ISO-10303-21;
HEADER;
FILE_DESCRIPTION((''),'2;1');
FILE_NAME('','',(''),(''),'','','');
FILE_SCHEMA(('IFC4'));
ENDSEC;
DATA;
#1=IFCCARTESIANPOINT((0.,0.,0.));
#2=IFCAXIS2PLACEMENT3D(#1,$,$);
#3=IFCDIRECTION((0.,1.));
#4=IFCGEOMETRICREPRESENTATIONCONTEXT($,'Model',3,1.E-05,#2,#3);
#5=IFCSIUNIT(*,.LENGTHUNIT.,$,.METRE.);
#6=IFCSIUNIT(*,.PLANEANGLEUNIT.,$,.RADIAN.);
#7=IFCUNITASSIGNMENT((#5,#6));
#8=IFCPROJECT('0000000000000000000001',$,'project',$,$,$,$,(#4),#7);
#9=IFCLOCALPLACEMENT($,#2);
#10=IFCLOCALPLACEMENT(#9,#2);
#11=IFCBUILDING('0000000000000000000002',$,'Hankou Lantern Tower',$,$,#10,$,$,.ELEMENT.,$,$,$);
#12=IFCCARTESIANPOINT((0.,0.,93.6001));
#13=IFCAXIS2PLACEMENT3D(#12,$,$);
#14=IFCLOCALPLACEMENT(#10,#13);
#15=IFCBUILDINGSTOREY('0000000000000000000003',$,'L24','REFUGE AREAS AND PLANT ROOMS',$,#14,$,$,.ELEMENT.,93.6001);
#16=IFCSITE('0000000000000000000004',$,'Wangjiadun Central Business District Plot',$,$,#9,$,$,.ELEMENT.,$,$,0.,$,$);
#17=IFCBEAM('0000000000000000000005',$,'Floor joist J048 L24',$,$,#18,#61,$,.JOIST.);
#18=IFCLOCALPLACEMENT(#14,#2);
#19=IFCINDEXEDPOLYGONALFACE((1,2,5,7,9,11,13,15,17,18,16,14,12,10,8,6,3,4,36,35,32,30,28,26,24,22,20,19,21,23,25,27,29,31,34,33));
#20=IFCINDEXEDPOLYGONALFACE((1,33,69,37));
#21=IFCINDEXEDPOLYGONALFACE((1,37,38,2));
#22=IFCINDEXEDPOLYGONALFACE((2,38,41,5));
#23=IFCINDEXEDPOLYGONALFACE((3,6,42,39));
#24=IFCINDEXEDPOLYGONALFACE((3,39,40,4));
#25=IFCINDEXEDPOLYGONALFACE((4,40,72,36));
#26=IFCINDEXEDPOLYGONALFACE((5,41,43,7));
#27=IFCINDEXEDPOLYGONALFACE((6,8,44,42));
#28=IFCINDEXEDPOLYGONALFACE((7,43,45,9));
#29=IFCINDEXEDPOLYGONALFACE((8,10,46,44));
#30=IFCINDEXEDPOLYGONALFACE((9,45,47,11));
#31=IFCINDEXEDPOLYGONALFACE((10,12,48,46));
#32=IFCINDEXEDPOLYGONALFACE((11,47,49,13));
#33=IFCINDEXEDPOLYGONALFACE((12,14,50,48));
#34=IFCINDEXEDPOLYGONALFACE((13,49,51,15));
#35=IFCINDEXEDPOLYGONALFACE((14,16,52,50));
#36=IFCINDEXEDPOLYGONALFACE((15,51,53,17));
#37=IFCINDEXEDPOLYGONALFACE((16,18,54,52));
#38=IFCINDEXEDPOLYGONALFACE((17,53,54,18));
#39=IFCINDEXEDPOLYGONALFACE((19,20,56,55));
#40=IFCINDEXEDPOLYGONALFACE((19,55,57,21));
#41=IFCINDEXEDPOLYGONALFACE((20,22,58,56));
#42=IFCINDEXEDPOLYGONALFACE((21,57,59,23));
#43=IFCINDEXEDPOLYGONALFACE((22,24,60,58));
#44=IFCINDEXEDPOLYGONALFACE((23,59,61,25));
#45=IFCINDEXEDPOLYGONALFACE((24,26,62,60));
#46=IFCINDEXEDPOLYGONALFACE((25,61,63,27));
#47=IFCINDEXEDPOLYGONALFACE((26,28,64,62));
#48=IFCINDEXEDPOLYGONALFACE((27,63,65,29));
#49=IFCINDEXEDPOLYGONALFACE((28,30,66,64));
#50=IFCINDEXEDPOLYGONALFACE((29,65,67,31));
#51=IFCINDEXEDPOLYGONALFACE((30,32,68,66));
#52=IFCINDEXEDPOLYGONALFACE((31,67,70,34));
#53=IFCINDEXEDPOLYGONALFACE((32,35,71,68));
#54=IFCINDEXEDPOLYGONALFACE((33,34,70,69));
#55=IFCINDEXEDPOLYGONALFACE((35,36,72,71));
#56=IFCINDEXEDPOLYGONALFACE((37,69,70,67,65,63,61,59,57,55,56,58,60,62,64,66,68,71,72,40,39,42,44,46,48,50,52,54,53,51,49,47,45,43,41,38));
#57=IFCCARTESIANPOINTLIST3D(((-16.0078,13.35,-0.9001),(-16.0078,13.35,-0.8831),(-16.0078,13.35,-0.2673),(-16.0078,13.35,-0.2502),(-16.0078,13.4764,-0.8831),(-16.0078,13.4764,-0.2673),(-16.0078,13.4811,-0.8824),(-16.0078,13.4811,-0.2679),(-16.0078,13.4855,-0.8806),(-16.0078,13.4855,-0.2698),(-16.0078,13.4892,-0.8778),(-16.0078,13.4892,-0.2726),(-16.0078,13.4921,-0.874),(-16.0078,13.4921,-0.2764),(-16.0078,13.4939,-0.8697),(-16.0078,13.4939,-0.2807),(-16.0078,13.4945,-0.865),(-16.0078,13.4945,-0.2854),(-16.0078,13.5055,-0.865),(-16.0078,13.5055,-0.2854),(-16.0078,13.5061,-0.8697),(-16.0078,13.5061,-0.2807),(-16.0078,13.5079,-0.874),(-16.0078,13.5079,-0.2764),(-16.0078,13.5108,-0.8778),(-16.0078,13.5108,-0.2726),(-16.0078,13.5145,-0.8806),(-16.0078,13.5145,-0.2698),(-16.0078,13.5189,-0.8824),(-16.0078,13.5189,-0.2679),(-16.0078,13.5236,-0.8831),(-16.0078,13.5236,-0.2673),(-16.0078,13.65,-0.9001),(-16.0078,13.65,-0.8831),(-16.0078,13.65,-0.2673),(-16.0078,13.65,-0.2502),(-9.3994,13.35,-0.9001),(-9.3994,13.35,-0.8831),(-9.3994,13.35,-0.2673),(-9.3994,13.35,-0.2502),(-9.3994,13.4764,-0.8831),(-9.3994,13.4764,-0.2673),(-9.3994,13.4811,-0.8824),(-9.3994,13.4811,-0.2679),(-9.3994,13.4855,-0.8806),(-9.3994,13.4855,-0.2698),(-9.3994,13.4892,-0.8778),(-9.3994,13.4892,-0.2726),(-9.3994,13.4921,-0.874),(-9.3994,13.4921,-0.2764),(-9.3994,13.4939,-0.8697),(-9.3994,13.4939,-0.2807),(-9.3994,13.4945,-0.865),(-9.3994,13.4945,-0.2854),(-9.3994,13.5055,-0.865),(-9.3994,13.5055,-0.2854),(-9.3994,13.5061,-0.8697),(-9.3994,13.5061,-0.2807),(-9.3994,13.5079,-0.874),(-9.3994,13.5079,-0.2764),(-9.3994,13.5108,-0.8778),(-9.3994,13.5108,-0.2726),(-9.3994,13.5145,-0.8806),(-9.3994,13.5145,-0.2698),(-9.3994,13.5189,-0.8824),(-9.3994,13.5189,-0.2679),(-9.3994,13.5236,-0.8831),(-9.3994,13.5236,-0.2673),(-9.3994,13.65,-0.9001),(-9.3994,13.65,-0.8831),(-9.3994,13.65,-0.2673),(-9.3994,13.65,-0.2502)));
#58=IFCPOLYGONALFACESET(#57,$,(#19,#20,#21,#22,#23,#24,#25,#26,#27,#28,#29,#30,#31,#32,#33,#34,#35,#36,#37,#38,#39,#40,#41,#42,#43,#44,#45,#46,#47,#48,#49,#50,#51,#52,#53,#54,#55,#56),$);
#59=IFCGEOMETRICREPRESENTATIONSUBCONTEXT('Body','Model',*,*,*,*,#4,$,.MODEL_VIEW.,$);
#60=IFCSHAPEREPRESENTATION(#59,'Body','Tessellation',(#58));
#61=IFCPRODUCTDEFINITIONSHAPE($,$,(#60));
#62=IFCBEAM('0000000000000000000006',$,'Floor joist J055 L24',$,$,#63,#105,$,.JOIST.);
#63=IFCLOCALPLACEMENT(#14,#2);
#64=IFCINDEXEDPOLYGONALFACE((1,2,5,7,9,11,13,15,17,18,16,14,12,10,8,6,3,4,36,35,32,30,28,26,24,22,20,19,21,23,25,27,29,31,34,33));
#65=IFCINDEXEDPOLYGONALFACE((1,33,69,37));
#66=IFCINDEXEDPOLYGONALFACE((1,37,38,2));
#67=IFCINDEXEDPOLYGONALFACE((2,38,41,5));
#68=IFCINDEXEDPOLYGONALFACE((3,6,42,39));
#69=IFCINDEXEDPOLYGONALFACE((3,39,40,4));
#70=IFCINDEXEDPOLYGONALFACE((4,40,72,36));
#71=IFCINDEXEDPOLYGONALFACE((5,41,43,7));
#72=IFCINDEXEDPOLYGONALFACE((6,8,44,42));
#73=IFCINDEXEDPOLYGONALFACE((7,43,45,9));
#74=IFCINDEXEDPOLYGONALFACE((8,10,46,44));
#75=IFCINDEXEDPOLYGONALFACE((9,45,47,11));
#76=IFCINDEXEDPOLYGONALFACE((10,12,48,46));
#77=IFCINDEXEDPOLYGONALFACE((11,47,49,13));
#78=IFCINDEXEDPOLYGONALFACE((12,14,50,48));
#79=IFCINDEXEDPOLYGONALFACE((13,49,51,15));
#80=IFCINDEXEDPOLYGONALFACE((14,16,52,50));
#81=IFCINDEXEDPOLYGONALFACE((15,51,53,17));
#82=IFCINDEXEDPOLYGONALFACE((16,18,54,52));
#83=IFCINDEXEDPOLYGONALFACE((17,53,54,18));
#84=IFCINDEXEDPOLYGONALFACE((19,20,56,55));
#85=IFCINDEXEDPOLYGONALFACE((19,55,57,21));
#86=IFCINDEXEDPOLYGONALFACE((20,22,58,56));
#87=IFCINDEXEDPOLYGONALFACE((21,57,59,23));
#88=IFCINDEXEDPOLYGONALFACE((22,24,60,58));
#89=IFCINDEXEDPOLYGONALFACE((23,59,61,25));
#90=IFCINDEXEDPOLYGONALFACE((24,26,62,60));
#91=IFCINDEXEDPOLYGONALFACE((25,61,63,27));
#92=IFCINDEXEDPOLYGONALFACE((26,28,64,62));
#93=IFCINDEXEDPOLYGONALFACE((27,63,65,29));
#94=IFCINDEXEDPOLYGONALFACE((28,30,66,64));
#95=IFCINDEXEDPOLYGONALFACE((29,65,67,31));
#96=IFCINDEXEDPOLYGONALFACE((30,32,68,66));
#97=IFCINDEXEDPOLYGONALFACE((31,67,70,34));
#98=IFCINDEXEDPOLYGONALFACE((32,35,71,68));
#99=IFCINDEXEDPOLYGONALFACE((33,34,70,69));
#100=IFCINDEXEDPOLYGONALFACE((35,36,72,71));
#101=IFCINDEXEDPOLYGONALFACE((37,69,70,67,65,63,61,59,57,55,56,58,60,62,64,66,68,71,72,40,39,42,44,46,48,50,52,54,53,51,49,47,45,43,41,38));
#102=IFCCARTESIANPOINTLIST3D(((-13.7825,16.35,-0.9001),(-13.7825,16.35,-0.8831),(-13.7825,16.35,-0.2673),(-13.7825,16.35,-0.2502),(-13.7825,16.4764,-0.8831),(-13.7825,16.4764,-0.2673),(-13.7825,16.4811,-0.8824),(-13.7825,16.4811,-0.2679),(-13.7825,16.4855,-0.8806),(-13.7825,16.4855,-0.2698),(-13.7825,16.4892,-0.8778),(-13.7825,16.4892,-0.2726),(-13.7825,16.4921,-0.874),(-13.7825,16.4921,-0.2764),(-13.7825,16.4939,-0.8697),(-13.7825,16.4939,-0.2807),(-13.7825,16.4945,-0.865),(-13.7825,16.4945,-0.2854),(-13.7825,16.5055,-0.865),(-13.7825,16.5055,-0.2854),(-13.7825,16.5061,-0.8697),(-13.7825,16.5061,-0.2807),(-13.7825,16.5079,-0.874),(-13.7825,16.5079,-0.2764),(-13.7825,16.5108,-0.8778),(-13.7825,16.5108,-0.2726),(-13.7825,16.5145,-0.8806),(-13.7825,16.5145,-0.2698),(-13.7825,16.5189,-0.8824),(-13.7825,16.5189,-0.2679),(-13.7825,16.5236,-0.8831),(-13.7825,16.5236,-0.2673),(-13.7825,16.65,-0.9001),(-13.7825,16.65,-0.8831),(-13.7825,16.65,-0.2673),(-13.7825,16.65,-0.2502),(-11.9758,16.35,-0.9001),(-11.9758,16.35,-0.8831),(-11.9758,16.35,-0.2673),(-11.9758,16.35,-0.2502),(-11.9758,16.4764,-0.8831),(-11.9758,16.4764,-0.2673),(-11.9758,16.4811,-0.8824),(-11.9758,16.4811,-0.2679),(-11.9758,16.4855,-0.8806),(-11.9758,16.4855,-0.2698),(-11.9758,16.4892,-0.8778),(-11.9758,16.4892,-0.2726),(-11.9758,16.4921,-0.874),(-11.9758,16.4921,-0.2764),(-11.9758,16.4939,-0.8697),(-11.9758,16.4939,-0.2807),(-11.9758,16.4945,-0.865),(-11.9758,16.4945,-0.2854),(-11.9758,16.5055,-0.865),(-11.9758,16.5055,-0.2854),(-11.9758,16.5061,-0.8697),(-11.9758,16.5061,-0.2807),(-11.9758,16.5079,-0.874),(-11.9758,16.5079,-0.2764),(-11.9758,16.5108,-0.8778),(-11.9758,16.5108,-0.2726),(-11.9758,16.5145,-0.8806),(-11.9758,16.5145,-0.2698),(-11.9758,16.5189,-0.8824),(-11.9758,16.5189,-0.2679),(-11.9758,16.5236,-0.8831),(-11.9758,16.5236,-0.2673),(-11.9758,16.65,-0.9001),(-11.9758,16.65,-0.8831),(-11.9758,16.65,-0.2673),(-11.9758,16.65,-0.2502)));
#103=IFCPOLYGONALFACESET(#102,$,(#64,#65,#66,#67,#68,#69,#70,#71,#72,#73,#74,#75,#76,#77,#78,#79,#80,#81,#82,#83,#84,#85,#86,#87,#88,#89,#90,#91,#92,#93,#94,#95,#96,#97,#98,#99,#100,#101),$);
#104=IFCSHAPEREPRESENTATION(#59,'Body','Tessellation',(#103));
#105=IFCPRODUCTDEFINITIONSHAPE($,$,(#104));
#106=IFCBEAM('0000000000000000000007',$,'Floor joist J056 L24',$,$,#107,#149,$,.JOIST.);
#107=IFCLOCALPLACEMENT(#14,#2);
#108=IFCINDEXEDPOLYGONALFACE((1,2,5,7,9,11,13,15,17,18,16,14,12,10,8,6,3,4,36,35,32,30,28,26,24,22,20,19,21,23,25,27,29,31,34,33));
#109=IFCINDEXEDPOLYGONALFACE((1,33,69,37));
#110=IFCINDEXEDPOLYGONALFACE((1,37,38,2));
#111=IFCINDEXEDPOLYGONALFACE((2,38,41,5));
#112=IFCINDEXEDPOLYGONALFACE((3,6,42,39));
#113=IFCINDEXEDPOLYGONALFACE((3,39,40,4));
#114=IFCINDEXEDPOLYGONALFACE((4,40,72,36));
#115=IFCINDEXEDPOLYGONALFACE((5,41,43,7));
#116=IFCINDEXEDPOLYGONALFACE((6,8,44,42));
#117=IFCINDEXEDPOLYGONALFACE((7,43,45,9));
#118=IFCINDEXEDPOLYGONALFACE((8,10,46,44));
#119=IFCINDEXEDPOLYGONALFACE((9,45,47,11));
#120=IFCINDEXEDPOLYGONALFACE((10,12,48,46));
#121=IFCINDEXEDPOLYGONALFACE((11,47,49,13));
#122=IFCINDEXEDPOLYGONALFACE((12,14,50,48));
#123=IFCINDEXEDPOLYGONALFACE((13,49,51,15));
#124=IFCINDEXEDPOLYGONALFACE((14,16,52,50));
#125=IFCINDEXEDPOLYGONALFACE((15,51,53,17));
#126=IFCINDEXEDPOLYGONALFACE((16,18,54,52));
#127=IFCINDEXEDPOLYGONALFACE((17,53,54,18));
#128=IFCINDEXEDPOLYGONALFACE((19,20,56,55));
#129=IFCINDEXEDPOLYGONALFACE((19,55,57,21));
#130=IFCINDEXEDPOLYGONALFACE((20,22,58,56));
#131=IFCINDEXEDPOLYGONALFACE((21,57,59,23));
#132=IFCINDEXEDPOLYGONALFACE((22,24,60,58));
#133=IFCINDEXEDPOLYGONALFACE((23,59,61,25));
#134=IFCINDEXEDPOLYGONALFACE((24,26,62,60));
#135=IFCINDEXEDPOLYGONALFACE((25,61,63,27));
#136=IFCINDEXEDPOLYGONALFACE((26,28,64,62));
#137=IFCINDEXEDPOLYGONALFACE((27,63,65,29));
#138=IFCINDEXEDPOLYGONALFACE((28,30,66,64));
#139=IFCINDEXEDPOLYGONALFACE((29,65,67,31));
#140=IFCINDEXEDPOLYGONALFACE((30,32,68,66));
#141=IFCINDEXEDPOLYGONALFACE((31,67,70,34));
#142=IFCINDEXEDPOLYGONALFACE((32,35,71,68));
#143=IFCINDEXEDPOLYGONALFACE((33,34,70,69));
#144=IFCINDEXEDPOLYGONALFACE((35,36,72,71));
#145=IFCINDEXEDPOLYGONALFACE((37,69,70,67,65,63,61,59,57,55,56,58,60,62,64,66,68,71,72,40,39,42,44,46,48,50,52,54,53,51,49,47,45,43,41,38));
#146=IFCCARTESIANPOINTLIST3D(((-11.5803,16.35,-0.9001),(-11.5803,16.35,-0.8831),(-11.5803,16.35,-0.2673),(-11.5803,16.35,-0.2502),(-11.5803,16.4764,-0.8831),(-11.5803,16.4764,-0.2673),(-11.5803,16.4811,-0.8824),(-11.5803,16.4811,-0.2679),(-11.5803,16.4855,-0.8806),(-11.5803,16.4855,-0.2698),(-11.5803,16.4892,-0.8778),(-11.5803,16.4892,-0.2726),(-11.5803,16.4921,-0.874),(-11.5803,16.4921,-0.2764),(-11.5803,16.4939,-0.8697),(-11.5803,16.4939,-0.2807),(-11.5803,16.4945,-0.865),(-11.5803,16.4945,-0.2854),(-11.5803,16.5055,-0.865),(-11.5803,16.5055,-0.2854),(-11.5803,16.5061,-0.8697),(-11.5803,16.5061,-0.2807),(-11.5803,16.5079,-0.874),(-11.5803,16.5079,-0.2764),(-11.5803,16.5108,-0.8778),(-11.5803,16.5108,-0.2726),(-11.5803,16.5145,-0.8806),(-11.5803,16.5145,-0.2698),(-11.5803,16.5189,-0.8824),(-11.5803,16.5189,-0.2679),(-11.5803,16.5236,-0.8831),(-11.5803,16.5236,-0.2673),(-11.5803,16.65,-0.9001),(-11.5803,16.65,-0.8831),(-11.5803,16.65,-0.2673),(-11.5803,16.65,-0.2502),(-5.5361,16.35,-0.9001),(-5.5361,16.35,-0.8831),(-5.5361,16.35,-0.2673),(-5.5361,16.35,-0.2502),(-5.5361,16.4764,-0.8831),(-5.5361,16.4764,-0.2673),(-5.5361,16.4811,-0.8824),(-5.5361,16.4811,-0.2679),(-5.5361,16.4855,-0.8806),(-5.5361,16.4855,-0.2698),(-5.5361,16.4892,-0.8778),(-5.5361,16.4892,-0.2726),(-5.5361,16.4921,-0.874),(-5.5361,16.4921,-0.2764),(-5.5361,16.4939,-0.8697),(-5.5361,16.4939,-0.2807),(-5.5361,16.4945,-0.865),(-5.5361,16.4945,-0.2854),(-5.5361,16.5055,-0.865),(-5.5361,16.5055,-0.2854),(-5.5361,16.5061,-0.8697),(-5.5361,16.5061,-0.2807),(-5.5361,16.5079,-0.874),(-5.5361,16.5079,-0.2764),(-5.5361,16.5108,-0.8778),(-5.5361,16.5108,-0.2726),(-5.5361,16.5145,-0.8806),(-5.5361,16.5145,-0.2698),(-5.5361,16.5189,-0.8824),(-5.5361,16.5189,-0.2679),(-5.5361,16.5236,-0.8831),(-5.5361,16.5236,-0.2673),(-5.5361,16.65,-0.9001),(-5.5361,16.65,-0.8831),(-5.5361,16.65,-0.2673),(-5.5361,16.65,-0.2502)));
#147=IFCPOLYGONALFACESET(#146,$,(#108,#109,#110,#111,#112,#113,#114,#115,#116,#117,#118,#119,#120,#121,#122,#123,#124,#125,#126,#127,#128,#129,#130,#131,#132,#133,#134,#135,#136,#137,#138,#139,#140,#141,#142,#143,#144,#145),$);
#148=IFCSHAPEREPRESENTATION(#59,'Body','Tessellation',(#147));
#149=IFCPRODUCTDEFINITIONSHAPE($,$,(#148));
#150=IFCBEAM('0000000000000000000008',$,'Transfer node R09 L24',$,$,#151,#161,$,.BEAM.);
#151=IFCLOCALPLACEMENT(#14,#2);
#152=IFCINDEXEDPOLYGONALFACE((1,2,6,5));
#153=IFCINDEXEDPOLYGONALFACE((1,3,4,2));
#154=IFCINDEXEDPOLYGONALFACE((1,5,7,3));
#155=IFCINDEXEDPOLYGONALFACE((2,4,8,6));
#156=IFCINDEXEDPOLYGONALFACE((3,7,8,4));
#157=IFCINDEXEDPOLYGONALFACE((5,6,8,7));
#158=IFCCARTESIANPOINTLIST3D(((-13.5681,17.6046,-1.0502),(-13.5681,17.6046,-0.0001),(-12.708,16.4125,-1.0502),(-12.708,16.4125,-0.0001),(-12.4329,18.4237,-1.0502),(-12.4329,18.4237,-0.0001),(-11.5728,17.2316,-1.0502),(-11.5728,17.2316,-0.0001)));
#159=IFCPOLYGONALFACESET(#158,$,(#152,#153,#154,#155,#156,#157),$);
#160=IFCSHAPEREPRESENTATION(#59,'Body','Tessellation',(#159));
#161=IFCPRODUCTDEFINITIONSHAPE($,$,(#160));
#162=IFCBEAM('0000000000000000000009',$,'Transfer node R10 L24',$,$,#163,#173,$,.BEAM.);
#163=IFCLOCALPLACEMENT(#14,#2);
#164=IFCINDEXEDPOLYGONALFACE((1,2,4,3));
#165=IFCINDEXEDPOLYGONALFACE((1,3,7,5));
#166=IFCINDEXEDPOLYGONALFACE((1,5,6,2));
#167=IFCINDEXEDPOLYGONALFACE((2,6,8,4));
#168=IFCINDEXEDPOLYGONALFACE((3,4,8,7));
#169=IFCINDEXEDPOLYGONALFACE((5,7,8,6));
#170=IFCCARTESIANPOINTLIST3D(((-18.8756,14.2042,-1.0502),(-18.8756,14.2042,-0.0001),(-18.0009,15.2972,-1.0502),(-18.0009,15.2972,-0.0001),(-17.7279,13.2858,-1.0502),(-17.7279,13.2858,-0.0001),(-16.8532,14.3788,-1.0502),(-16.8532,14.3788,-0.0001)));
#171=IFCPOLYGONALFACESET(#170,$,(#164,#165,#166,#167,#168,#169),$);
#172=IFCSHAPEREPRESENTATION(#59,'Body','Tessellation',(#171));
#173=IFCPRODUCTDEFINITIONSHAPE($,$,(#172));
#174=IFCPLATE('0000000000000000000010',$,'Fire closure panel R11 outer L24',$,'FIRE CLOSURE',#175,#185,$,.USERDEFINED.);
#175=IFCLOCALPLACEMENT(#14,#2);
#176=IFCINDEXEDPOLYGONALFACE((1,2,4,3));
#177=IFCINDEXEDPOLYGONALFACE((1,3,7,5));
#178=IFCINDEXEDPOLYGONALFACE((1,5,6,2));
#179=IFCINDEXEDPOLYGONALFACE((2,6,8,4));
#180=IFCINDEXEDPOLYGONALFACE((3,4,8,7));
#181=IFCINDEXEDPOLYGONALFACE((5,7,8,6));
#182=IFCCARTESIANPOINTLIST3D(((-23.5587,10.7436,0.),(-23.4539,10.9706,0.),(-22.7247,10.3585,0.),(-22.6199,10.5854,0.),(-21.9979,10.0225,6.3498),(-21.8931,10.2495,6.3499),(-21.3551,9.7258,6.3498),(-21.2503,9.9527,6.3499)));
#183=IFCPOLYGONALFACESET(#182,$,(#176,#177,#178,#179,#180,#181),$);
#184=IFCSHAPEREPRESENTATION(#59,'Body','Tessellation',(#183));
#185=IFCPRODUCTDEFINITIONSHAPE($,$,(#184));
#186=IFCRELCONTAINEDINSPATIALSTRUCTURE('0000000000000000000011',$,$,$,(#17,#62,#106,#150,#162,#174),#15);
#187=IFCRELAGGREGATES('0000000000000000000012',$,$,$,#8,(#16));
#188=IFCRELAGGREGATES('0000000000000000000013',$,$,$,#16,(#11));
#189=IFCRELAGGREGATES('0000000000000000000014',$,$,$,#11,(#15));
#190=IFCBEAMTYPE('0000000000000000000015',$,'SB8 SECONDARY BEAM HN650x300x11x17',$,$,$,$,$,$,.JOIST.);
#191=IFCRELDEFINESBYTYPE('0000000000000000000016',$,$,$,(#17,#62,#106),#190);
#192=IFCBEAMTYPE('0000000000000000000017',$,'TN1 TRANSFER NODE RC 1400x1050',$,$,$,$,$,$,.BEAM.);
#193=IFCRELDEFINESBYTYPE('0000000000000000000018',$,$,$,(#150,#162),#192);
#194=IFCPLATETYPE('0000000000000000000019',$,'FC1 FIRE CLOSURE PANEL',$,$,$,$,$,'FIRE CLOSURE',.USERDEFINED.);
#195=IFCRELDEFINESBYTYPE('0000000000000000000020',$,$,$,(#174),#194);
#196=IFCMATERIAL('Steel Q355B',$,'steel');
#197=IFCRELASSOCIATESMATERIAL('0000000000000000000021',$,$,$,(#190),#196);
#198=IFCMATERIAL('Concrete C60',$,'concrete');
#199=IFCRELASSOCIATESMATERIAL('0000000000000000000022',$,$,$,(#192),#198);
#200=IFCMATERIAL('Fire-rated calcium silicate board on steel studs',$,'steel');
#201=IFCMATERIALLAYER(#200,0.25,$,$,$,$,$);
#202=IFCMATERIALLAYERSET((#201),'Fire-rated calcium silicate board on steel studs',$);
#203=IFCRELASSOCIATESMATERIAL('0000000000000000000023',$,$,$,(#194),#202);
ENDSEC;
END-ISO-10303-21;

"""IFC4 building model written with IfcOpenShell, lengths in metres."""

from ifc_helpers import new_model, si_unit, direction, frame, origin, origin_2d, place, context, subcontext, project, spatial, polyline, rectangle, i_section, outline, extrude, material, layer, layer_set, material_profile, profile_set, type_object, element, save


model = new_model("IFC4")

# Units and contexts
model_context = context("Model", 3, precision=1e-05, world=origin(), true_north=direction((0.0, 1.0)))
body_context = subcontext(model_context, "Body", "Model", "MODEL_VIEW")
ifc_project = project(units=[si_unit("LENGTHUNIT", "METRE"), si_unit("PLANEANGLEUNIT", "RADIAN")], contexts=[model_context])

# Site, building, storey
site_placement = place(None, origin())
site = spatial("IfcSite", under=ifc_project, at=site_placement, Name="Wangjiadun Central Business District Plot", CompositionType="ELEMENT", RefElevation=0.0)
building_placement = place(site_placement, origin())
building = spatial("IfcBuilding", under=site, at=building_placement, Name="Hankou Lantern Tower", CompositionType="ELEMENT")
storey_placement = place(building_placement, frame((0.0, 0.0, 93.6001)))
storey = spatial("IfcBuildingStorey", under=building, at=storey_placement, Name="L24", Description="REFUGE AREAS AND PLANT ROOMS", CompositionType="ELEMENT", Elevation=93.6001)

# Beams
ifc_material_1 = material(Name="Steel Q355B", Category="steel")
ifc_material_profile_1 = material_profile(ifc_material_1, i_section(OverallWidth=0.3, OverallDepth=0.6499, WebThickness=0.011, FlangeThickness=0.0171, FilletRadius=0.0181, at=origin_2d()), Name="HN650x300x11x17")
ifc_profile_set_1 = profile_set([ifc_material_profile_1], Name="Steel Q355B")
beam_type_1 = type_object("IfcBeamType", Name="SB8 SECONDARY BEAM HN650x300x11x17", PredefinedType="JOIST", material=ifc_profile_set_1)
beam_1_placement = place(storey_placement, frame((-16.0078, 13.5, -0.5752), z_axis=(1.0, 0.0, 0.0), x_axis=(0.0, 1.0, 0.0)))
element("IfcBeam", 1, at=beam_1_placement, inside=storey, type_object=beam_type_1, Name="Floor joist J048 L24", PredefinedType="JOIST", context=body_context, shape_type="SweptSolid", body=[
    extrude(i_section(OverallWidth=0.3, OverallDepth=0.6499, WebThickness=0.011, FlangeThickness=0.0171, FilletRadius=0.0181, at=origin_2d()), origin(), (0.0, 0.0, 1.0), 6.6084),
])
beam_2_placement = place(storey_placement, frame((-13.7825, 16.5, -0.5752), z_axis=(1.0, 0.0, 0.0), x_axis=(0.0, 1.0, 0.0)))
element("IfcBeam", 2, at=beam_2_placement, inside=storey, type_object=beam_type_1, Name="Floor joist J055 L24", PredefinedType="JOIST", context=body_context, shape_type="SweptSolid", body=[
    extrude(i_section(OverallWidth=0.3, OverallDepth=0.6499, WebThickness=0.011, FlangeThickness=0.0171, FilletRadius=0.0181, at=origin_2d()), origin(), (0.0, 0.0, 1.0), 1.8066),
])
beam_3_placement = place(storey_placement, frame((-11.5803, 16.5, -0.5752), z_axis=(1.0, 0.0, 0.0), x_axis=(0.0, 1.0, 0.0)))
element("IfcBeam", 3, at=beam_3_placement, inside=storey, type_object=beam_type_1, Name="Floor joist J056 L24", PredefinedType="JOIST", context=body_context, shape_type="SweptSolid", body=[
    extrude(i_section(OverallWidth=0.3, OverallDepth=0.6499, WebThickness=0.011, FlangeThickness=0.0171, FilletRadius=0.0181, at=origin_2d()), origin(), (0.0, 0.0, 1.0), 6.0442),
])
ifc_material_2 = material(Name="Concrete C60", Category="concrete")
ifc_material_profile_2 = material_profile(ifc_material_2, rectangle(XDim=1.3999, YDim=1.05, at=origin_2d()), Name="RC 1400x1050")
ifc_profile_set_2 = profile_set([ifc_material_profile_2], Name="Concrete C60")
beam_type_2 = type_object("IfcBeamType", Name="TN1 TRANSFER NODE RC 1400x1050", PredefinedType="BEAM", material=ifc_profile_set_2)
for number, where, z_axis, x_axis, name in (
    (4, (-13.0005, 18.0142, -0.5251), (0.585096, -0.810964, 0.0), (0.810964, 0.585096, 0.0), "Transfer node R09 L24"),
    (5, (-18.4382, 14.7507, -0.5251), (0.780772, -0.624817, 0.0), (0.624817, 0.780772, 0.0), "Transfer node R10 L24"),
):
    element("IfcBeam", number, at=place(storey_placement, frame(where, z_axis=z_axis, x_axis=x_axis)), inside=storey, type_object=beam_type_2, Name=name, PredefinedType="BEAM", context=body_context, shape_type="SweptSolid", body=[
        extrude(rectangle(XDim=1.3999, YDim=1.05, at=origin_2d()), origin(), (0.0, 0.0, 1.0), 1.47),
    ])

# Plate
ifc_material_3 = material(Name="Fire-rated calcium silicate board on steel studs", Category="steel")
ifc_layer_1 = layer(ifc_material_3, 0.25)
ifc_layer_set_1 = layer_set([ifc_layer_1], Name="Fire-rated calcium silicate board on steel studs")
plate_type = type_object("IfcPlateType", Name="FC1 FIRE CLOSURE PANEL", ElementType="FIRE CLOSURE", PredefinedType="USERDEFINED", material=ifc_layer_set_1)
plate_placement = place(storey_placement, frame((-22.6199, 10.5854, 0.0), z_axis=(0.419201, 0.907893, 0.00005), x_axis=(-0.907893, 0.419201, 0.0)))
element("IfcPlate", 6, at=plate_placement, inside=storey, type_object=plate_type, Name="Fire closure panel R11 outer L24", ObjectType="FIRE CLOSURE", PredefinedType="USERDEFINED", context=body_context, shape_type="SweptSolid", body=[
    extrude(outline(polyline([(0.0, 0.0), (0.9187, 0.0), (-0.8007, 6.3499), (-1.5087, 6.3499), (0.0, 0.0)])), origin(), (0.0, 0.0, -1.0), 0.25),
])

save(model, "model.ifc")
